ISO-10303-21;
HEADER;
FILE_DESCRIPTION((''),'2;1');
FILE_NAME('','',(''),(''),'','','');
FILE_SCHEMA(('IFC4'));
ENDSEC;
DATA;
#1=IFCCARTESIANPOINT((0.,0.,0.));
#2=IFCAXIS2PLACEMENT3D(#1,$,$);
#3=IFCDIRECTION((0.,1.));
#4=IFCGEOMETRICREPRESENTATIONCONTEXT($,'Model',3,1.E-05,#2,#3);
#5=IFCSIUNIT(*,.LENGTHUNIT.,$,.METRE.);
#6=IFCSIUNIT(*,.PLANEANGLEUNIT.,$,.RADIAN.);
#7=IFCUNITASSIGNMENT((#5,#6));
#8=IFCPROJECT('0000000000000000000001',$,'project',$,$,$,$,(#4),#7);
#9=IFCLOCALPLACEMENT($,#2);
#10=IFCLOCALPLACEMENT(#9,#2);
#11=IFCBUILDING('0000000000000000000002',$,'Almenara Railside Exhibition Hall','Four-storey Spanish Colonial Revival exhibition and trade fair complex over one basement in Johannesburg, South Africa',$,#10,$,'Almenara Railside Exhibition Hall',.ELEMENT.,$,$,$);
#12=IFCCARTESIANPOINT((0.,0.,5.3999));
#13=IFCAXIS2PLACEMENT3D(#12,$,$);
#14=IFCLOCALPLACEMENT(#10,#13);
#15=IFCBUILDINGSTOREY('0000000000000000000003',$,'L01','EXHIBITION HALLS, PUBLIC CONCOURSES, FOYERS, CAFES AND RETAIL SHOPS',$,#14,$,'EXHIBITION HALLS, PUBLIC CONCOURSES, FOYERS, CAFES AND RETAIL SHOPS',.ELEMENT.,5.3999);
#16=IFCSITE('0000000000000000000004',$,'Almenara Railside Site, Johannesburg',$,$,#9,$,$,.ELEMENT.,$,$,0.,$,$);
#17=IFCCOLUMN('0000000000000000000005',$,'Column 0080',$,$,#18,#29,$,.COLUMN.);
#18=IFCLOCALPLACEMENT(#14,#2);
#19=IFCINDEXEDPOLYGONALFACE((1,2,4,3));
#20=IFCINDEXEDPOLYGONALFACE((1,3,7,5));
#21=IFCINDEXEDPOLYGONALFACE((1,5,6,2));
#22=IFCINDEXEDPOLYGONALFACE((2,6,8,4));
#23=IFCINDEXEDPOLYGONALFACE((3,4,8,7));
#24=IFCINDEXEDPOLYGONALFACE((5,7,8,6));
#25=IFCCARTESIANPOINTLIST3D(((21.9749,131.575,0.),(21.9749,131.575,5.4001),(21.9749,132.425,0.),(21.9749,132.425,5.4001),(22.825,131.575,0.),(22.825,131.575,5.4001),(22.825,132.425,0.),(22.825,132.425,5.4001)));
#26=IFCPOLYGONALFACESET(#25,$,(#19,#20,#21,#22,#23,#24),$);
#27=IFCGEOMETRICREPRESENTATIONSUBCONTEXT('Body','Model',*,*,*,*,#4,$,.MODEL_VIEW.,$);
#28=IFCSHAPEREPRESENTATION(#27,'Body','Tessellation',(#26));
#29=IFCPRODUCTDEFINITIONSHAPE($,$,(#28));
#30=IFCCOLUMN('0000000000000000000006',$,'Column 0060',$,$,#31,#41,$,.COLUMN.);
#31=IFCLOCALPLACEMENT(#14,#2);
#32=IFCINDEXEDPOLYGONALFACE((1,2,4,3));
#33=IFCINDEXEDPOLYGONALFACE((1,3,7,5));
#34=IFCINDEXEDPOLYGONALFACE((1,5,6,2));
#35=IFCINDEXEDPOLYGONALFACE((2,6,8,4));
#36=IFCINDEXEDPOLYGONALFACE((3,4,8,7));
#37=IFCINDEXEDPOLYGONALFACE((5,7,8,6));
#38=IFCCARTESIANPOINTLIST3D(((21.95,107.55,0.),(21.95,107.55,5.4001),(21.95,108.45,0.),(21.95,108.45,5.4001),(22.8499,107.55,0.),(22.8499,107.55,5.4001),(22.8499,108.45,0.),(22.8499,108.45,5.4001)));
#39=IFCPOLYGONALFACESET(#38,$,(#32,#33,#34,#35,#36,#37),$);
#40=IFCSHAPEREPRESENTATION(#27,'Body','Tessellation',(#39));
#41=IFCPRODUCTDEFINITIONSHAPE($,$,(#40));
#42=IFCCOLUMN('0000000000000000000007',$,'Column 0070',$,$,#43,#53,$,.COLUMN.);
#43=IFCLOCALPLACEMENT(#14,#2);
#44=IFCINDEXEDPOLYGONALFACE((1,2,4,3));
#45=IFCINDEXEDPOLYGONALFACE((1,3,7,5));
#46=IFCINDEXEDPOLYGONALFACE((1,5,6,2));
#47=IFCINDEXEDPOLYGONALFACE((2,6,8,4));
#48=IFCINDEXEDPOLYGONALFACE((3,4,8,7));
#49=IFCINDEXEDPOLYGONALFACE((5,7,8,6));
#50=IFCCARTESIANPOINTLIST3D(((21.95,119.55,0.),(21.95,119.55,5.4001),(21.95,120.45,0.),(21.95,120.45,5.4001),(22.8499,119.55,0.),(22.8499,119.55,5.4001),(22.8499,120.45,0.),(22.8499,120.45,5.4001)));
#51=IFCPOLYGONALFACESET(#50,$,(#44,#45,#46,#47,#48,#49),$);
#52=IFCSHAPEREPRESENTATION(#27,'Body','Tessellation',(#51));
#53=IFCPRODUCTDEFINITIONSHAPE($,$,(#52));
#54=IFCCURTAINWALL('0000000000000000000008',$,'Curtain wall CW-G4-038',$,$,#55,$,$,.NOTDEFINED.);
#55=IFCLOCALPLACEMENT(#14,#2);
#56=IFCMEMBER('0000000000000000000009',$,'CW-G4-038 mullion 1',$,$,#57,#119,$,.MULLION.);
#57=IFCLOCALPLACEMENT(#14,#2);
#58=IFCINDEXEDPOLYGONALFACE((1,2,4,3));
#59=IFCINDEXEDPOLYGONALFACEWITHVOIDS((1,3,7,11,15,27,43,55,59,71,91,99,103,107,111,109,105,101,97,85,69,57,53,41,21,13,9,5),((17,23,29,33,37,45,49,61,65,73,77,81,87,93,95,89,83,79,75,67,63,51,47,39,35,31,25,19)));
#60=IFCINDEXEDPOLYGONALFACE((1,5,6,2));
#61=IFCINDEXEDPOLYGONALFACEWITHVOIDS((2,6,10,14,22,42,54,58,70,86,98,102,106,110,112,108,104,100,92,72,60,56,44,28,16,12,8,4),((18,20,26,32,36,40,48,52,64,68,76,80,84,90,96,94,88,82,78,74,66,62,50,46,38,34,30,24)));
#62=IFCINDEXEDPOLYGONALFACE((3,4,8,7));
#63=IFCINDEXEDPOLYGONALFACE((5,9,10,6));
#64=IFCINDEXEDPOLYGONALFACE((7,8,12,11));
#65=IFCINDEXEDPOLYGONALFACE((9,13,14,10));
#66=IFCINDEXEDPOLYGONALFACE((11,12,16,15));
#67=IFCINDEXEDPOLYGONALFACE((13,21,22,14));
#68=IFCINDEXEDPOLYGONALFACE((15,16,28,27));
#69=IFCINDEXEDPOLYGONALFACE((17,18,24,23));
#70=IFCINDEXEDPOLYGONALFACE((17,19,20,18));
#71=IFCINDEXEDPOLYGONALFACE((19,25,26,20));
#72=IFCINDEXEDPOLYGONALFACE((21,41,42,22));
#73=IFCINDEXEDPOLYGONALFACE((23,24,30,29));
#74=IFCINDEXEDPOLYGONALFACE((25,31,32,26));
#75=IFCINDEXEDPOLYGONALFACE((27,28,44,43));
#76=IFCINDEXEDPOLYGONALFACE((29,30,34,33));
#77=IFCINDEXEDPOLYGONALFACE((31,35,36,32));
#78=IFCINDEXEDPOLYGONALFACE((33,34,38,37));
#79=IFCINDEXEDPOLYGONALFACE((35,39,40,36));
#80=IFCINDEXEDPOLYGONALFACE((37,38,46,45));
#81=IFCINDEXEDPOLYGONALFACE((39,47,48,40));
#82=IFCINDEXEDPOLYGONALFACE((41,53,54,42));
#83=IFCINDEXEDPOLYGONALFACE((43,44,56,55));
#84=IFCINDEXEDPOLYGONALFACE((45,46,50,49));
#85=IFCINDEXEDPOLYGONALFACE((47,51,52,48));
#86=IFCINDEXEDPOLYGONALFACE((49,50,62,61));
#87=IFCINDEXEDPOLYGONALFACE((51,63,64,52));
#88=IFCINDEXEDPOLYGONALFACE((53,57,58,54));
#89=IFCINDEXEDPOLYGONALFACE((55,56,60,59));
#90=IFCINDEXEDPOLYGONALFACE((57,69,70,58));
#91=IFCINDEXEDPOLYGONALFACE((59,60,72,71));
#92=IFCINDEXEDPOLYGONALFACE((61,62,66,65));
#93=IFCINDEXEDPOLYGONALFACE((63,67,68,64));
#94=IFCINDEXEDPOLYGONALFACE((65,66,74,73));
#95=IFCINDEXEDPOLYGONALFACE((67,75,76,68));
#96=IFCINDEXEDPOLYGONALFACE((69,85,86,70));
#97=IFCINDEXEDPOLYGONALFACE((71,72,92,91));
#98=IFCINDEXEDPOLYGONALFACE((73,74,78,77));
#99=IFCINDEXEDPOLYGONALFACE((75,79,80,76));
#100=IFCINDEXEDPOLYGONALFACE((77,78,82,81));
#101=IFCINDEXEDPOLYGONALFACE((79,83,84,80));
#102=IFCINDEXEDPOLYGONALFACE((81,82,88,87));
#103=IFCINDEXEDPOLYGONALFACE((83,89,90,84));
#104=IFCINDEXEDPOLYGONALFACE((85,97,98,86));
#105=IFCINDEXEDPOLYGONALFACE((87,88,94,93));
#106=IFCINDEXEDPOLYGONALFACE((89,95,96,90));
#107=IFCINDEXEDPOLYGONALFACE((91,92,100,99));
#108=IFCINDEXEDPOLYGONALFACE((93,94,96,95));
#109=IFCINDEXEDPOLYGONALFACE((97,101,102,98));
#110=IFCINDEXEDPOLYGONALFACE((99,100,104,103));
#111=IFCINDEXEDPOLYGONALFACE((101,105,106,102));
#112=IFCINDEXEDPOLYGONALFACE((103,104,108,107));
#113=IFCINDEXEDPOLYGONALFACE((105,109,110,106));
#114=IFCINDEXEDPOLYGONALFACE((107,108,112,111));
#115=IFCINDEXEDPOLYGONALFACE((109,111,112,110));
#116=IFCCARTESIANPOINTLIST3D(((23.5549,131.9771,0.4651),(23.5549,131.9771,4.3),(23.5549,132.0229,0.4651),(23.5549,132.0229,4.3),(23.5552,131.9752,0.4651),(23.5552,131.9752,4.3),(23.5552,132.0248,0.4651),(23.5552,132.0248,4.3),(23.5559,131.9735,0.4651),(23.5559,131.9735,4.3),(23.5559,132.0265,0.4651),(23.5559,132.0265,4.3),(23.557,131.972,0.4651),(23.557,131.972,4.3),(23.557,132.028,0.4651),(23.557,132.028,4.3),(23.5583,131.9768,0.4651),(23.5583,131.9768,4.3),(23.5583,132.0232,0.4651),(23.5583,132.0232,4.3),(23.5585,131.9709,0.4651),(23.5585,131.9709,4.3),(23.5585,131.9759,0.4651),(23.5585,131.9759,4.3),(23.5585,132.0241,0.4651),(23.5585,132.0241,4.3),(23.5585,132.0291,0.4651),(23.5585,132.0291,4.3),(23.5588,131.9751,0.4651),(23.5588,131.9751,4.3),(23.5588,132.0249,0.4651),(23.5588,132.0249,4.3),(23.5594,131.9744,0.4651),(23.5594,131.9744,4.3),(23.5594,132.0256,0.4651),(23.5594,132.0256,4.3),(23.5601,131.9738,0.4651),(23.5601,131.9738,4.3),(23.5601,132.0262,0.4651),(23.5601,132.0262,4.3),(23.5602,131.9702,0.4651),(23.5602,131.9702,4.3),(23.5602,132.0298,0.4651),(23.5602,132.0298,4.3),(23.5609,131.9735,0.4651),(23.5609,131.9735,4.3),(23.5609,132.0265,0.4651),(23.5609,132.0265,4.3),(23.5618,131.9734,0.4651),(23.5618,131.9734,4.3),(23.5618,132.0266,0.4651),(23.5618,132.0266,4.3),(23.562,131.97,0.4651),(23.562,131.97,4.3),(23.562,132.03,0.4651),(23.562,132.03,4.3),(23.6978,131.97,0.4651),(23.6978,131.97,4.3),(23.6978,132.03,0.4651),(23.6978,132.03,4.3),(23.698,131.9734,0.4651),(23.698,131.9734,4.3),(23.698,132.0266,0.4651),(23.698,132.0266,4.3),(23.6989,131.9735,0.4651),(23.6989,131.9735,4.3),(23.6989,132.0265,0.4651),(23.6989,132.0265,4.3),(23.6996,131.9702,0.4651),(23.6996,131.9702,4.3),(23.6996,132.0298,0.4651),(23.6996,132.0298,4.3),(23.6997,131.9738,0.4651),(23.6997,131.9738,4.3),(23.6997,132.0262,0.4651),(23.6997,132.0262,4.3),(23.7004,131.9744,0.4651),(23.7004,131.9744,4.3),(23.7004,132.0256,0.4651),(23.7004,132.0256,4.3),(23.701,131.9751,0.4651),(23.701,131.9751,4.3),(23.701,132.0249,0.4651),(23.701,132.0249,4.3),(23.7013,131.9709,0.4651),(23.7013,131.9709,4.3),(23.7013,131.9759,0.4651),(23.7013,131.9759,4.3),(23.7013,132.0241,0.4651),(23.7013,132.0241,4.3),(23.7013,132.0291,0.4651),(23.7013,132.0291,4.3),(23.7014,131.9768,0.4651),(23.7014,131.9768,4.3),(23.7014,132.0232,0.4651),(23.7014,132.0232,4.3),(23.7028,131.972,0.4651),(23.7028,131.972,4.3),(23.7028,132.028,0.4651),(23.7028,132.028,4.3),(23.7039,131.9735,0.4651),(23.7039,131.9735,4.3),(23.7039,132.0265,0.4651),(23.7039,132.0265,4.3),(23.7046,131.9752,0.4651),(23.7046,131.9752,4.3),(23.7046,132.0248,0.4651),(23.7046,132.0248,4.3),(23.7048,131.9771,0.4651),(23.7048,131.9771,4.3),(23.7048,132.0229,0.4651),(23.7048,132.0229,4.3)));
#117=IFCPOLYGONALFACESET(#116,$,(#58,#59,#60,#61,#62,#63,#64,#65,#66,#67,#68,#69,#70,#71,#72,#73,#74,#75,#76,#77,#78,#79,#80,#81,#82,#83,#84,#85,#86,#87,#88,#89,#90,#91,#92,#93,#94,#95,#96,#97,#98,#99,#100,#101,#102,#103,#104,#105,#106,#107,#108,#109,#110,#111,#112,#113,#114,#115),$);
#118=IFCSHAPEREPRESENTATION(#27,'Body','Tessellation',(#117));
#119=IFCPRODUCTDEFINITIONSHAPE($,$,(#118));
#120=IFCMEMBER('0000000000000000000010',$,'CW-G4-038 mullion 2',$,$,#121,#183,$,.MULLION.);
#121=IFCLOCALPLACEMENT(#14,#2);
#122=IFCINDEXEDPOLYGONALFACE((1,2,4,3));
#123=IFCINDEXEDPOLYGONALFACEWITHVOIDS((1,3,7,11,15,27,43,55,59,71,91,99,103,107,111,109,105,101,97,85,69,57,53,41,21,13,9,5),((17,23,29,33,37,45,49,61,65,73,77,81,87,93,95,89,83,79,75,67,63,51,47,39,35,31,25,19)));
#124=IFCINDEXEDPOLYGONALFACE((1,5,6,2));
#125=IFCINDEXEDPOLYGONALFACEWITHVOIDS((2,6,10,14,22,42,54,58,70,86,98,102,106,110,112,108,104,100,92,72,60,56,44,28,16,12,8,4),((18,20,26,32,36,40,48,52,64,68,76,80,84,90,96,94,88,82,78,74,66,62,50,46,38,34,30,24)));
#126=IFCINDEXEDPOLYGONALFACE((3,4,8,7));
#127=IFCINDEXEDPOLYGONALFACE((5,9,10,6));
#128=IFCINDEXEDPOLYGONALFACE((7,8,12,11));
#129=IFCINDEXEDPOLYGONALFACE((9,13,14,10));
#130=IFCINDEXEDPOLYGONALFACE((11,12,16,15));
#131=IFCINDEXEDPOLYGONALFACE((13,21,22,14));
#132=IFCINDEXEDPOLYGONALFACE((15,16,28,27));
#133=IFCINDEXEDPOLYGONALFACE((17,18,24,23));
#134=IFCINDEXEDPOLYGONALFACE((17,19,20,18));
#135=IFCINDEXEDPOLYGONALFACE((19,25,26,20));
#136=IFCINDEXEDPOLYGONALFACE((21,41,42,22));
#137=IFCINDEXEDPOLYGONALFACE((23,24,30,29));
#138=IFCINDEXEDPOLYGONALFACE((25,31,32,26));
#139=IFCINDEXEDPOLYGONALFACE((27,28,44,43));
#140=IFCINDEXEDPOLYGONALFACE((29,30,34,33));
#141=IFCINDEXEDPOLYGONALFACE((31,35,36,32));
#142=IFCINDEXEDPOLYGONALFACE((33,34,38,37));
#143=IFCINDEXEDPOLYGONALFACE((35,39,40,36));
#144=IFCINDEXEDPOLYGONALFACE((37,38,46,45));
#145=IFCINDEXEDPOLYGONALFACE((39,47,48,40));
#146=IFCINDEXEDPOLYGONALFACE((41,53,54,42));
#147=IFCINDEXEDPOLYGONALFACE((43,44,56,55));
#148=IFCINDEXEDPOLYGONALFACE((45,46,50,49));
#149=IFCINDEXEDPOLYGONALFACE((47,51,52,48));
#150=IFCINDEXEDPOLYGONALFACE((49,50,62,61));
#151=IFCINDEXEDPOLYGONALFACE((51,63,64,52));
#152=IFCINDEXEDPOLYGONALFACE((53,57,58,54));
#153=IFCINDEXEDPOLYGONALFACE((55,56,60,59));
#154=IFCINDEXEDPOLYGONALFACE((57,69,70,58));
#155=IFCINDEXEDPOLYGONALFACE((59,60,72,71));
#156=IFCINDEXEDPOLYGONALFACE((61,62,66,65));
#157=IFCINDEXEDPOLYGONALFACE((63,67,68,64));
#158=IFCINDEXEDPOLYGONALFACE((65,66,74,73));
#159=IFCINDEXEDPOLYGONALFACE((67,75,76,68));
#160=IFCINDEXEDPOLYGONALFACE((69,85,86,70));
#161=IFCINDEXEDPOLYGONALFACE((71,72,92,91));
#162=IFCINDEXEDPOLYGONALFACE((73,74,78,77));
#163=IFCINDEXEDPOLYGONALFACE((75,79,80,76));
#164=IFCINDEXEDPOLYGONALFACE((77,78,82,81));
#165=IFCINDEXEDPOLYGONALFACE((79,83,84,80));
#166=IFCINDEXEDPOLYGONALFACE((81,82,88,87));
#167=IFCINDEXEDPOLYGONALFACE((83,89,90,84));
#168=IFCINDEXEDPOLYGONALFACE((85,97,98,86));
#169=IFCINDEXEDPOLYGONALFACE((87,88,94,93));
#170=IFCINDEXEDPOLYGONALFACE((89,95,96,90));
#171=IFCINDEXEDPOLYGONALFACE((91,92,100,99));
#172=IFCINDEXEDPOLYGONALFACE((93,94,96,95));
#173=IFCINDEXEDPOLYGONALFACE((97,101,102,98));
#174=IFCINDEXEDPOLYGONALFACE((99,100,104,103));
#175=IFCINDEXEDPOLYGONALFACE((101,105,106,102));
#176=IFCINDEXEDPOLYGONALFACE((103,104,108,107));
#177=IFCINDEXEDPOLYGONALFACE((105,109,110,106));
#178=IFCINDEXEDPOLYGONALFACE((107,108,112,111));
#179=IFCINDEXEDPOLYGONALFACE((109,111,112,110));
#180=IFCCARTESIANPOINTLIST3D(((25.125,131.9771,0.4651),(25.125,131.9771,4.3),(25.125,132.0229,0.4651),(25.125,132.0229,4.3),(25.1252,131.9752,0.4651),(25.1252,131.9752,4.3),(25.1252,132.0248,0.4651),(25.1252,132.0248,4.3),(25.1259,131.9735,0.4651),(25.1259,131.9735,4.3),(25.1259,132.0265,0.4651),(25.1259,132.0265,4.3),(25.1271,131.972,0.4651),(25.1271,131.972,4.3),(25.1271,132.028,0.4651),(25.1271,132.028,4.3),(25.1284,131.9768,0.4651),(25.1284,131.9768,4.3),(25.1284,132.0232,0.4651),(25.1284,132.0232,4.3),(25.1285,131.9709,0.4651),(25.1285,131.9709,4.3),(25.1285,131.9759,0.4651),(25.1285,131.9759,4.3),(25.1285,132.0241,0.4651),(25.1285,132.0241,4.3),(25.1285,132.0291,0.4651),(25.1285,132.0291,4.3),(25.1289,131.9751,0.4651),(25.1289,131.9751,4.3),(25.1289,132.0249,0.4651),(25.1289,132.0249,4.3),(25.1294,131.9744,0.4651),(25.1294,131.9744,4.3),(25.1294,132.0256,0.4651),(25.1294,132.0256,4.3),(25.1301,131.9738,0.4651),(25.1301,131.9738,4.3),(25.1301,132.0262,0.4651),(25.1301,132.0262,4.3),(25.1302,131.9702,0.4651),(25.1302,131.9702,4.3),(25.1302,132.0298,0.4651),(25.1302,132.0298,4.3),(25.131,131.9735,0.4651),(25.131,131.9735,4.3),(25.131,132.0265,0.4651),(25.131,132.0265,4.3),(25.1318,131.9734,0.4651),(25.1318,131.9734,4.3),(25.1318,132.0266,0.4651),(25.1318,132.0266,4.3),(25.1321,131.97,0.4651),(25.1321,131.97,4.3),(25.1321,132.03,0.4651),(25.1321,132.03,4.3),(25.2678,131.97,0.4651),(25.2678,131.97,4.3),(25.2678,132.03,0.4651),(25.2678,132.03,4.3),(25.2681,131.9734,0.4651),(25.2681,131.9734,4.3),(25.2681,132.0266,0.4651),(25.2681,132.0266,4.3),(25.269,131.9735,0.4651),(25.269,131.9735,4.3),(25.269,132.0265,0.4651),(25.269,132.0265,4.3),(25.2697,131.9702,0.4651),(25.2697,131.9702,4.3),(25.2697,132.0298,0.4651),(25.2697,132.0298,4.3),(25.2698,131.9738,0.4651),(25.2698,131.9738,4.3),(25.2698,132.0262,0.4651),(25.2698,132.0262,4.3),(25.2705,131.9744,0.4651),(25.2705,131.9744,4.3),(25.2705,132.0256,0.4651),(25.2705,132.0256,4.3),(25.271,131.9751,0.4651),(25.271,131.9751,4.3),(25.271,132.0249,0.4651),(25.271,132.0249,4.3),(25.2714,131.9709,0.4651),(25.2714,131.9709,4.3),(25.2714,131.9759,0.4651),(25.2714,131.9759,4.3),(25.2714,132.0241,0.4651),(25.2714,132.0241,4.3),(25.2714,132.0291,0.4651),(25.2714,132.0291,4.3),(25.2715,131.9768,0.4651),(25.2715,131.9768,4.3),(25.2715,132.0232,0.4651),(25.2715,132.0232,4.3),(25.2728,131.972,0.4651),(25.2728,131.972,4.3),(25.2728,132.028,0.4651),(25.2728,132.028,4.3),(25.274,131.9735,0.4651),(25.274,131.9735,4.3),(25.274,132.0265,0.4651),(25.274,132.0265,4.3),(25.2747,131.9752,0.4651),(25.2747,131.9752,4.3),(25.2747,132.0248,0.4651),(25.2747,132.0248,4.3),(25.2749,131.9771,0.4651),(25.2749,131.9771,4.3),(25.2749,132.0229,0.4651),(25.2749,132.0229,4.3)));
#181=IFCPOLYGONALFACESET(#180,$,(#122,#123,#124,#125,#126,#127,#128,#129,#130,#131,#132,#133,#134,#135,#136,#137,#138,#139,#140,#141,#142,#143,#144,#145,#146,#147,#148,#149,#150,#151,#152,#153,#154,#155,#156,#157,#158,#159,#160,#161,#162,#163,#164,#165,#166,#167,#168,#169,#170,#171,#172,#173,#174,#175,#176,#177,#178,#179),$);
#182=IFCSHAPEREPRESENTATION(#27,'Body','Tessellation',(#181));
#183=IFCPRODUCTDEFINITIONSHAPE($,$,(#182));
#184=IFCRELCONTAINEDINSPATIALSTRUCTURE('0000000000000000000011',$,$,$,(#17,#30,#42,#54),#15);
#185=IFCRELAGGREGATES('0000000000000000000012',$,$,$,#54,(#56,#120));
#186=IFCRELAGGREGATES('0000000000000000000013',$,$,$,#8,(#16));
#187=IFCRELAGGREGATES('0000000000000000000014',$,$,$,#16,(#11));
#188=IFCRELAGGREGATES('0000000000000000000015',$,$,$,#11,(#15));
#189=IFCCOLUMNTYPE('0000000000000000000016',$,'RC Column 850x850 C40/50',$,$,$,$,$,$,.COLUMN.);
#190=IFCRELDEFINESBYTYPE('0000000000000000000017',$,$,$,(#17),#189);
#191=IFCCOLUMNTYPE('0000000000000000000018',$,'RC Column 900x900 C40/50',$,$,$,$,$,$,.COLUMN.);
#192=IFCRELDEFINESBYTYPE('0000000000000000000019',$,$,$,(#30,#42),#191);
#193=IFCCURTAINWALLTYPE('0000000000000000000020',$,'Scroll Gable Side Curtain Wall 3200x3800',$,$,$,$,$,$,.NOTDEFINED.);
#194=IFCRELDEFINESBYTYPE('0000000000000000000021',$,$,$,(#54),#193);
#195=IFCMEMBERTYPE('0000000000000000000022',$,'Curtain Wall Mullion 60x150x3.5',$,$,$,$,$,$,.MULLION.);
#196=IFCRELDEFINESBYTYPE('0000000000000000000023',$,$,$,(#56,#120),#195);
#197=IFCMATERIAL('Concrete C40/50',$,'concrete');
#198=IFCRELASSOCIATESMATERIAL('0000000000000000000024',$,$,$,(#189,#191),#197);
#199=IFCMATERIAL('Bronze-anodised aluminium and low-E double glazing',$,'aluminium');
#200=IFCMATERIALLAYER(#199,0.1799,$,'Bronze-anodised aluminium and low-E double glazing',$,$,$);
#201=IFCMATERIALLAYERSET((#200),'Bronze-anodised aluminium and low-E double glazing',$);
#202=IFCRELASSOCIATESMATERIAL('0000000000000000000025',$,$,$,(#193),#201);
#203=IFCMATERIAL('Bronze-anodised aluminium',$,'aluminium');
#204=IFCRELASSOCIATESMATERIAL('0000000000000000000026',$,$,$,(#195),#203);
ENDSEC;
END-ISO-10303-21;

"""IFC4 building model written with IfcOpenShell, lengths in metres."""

from ifc_helpers import new_model, si_unit, direction, frame, origin, origin_2d, place, context, subcontext, project, spatial, rectangle, hollow_rectangle, extrude, material, layer, layer_set, material_profile, profile_set, type_object, element, aggregate, save


model = new_model("IFC4")

# Units and contexts
model_context = context("Model", 3, precision=1e-05, world=origin(), true_north=direction((0.0, 1.0)))
body_context = subcontext(model_context, "Body", "Model", "MODEL_VIEW")
ifc_project = project(units=[si_unit("LENGTHUNIT", "METRE"), si_unit("PLANEANGLEUNIT", "RADIAN")], contexts=[model_context])

# Site, building, storey
site_placement = place(None, origin())
site = spatial("IfcSite", under=ifc_project, at=site_placement, Name="Almenara Railside Site, Johannesburg", CompositionType="ELEMENT", RefElevation=0.0)
building_placement = place(site_placement, origin())
building = spatial("IfcBuilding", under=site, at=building_placement, Name="Almenara Railside Exhibition Hall", Description="Four-storey Spanish Colonial Revival exhibition and trade fair complex over one basement in Johannesburg, South Africa", LongName="Almenara Railside Exhibition Hall", CompositionType="ELEMENT")
storey_placement = place(building_placement, frame((0.0, 0.0, 5.3999)))
storey = spatial("IfcBuildingStorey", under=building, at=storey_placement, Name="L01", Description="EXHIBITION HALLS, PUBLIC CONCOURSES, FOYERS, CAFES AND RETAIL SHOPS", LongName="EXHIBITION HALLS, PUBLIC CONCOURSES, FOYERS, CAFES AND RETAIL SHOPS", CompositionType="ELEMENT", Elevation=5.3999)

# Columns
ifc_material_1 = material(Name="Concrete C40/50", Category="concrete")
ifc_material_profile_1 = material_profile(ifc_material_1, rectangle(XDim=0.8501, YDim=0.8501, at=origin_2d()), Name="RC 850x850")
ifc_profile_set_1 = profile_set([ifc_material_profile_1], Name="Concrete C40/50")
column_type_1 = type_object("IfcColumnType", Name="RC Column 850x850 C40/50", PredefinedType="COLUMN", material=ifc_profile_set_1)
column_placement = place(storey_placement, frame((22.3999, 132.0, 0.0), z_axis=(0.0, 0.0, 1.0), x_axis=(1.0, 0.0, 0.0)))
element("IfcColumn", 1, at=column_placement, inside=storey, type_object=column_type_1, Name="Column 0080", PredefinedType="COLUMN", context=body_context, shape_type="SweptSolid", body=[
    extrude(rectangle(XDim=0.8501, YDim=0.8501, at=origin_2d()), origin(), (0.0, 0.0, 1.0), 5.4001),
])
ifc_material_profile_2 = material_profile(ifc_material_1, rectangle(XDim=0.8999, YDim=0.8999, at=origin_2d()), Name="RC 900x900")
ifc_profile_set_2 = profile_set([ifc_material_profile_2], Name="Concrete C40/50")
column_type_2 = type_object("IfcColumnType", Name="RC Column 900x900 C40/50", PredefinedType="COLUMN", material=ifc_profile_set_2)
for number, where, z_axis, x_axis, name in (
    (2, (22.3999, 108.0, 0.0), (0.0, 0.0, 1.0), (1.0, 0.0, 0.0), "Column 0060"),
    (3, (22.3999, 120.0, 0.0), (0.0, 0.0, 1.0), (1.0, 0.0, 0.0), "Column 0070"),
):
    element("IfcColumn", number, at=place(storey_placement, frame(where, z_axis=z_axis, x_axis=x_axis)), inside=storey, type_object=column_type_2, Name=name, PredefinedType="COLUMN", context=body_context, shape_type="SweptSolid", body=[
        extrude(rectangle(XDim=0.8999, YDim=0.8999, at=origin_2d()), origin(), (0.0, 0.0, 1.0), 5.4001),
    ])

# Curtain wall, members
ifc_material_2 = material(Name="Bronze-anodised aluminium and low-E double glazing", Category="aluminium")
ifc_layer_1 = layer(ifc_material_2, 0.1799, Name="Bronze-anodised aluminium and low-E double glazing")
ifc_layer_set_1 = layer_set([ifc_layer_1], Name="Bronze-anodised aluminium and low-E double glazing")
curtain_wall_type = type_object("IfcCurtainWallType", Name="Scroll Gable Side Curtain Wall 3200x3800", PredefinedType="NOTDEFINED", material=ifc_layer_set_1)
curtain_wall_placement = place(storey_placement, origin())
curtain_wall = element("IfcCurtainWall", 4, at=curtain_wall_placement, inside=storey, type_object=curtain_wall_type, Name="Curtain wall CW-G4-038", PredefinedType="NOTDEFINED")
ifc_material_3 = material(Name="Bronze-anodised aluminium", Category="aluminium")
ifc_material_profile_3 = material_profile(ifc_material_3, hollow_rectangle(XDim=0.0601, YDim=0.1499, WallThickness=0.0034, InnerFilletRadius=0.0034, OuterFilletRadius=0.0071, at=origin_2d()), Name="ALU-MUL 60x150x3.5")
ifc_profile_set_3 = profile_set([ifc_material_profile_3], Name="Bronze-anodised aluminium")
member_type_1 = type_object("IfcMemberType", Name="Curtain Wall Mullion 60x150x3.5", PredefinedType="MULLION", material=ifc_profile_set_3)
member_1_placement = place(storey_placement, frame((23.6299, 132.0, 0.4651), z_axis=(0.0, 0.0, 1.0), x_axis=(0.0, 1.0, 0.0)))
member_1 = element("IfcMember", 5, at=member_1_placement, type_object=member_type_1, Name="CW-G4-038 mullion 1", PredefinedType="MULLION", context=body_context, shape_type="SweptSolid", body=[
    extrude(hollow_rectangle(XDim=0.0601, YDim=0.1499, WallThickness=0.0034, InnerFilletRadius=0.0034, OuterFilletRadius=0.0071, at=origin_2d()), origin(), (0.0, 0.0, 1.0), 3.835),
])
member_2_placement = place(storey_placement, frame((25.2, 132.0, 0.4651), z_axis=(0.0, 0.0, 1.0), x_axis=(0.0, 1.0, 0.0)))
member_2 = element("IfcMember", 6, at=member_2_placement, type_object=member_type_1, Name="CW-G4-038 mullion 2", PredefinedType="MULLION", context=body_context, shape_type="SweptSolid", body=[
    extrude(hollow_rectangle(XDim=0.0601, YDim=0.1499, WallThickness=0.0034, InnerFilletRadius=0.0034, OuterFilletRadius=0.0071, at=origin_2d()), origin(), (0.0, 0.0, 1.0), 3.835),
])

aggregate(curtain_wall, [member_1, member_2])

save(model, "model.ifc")
